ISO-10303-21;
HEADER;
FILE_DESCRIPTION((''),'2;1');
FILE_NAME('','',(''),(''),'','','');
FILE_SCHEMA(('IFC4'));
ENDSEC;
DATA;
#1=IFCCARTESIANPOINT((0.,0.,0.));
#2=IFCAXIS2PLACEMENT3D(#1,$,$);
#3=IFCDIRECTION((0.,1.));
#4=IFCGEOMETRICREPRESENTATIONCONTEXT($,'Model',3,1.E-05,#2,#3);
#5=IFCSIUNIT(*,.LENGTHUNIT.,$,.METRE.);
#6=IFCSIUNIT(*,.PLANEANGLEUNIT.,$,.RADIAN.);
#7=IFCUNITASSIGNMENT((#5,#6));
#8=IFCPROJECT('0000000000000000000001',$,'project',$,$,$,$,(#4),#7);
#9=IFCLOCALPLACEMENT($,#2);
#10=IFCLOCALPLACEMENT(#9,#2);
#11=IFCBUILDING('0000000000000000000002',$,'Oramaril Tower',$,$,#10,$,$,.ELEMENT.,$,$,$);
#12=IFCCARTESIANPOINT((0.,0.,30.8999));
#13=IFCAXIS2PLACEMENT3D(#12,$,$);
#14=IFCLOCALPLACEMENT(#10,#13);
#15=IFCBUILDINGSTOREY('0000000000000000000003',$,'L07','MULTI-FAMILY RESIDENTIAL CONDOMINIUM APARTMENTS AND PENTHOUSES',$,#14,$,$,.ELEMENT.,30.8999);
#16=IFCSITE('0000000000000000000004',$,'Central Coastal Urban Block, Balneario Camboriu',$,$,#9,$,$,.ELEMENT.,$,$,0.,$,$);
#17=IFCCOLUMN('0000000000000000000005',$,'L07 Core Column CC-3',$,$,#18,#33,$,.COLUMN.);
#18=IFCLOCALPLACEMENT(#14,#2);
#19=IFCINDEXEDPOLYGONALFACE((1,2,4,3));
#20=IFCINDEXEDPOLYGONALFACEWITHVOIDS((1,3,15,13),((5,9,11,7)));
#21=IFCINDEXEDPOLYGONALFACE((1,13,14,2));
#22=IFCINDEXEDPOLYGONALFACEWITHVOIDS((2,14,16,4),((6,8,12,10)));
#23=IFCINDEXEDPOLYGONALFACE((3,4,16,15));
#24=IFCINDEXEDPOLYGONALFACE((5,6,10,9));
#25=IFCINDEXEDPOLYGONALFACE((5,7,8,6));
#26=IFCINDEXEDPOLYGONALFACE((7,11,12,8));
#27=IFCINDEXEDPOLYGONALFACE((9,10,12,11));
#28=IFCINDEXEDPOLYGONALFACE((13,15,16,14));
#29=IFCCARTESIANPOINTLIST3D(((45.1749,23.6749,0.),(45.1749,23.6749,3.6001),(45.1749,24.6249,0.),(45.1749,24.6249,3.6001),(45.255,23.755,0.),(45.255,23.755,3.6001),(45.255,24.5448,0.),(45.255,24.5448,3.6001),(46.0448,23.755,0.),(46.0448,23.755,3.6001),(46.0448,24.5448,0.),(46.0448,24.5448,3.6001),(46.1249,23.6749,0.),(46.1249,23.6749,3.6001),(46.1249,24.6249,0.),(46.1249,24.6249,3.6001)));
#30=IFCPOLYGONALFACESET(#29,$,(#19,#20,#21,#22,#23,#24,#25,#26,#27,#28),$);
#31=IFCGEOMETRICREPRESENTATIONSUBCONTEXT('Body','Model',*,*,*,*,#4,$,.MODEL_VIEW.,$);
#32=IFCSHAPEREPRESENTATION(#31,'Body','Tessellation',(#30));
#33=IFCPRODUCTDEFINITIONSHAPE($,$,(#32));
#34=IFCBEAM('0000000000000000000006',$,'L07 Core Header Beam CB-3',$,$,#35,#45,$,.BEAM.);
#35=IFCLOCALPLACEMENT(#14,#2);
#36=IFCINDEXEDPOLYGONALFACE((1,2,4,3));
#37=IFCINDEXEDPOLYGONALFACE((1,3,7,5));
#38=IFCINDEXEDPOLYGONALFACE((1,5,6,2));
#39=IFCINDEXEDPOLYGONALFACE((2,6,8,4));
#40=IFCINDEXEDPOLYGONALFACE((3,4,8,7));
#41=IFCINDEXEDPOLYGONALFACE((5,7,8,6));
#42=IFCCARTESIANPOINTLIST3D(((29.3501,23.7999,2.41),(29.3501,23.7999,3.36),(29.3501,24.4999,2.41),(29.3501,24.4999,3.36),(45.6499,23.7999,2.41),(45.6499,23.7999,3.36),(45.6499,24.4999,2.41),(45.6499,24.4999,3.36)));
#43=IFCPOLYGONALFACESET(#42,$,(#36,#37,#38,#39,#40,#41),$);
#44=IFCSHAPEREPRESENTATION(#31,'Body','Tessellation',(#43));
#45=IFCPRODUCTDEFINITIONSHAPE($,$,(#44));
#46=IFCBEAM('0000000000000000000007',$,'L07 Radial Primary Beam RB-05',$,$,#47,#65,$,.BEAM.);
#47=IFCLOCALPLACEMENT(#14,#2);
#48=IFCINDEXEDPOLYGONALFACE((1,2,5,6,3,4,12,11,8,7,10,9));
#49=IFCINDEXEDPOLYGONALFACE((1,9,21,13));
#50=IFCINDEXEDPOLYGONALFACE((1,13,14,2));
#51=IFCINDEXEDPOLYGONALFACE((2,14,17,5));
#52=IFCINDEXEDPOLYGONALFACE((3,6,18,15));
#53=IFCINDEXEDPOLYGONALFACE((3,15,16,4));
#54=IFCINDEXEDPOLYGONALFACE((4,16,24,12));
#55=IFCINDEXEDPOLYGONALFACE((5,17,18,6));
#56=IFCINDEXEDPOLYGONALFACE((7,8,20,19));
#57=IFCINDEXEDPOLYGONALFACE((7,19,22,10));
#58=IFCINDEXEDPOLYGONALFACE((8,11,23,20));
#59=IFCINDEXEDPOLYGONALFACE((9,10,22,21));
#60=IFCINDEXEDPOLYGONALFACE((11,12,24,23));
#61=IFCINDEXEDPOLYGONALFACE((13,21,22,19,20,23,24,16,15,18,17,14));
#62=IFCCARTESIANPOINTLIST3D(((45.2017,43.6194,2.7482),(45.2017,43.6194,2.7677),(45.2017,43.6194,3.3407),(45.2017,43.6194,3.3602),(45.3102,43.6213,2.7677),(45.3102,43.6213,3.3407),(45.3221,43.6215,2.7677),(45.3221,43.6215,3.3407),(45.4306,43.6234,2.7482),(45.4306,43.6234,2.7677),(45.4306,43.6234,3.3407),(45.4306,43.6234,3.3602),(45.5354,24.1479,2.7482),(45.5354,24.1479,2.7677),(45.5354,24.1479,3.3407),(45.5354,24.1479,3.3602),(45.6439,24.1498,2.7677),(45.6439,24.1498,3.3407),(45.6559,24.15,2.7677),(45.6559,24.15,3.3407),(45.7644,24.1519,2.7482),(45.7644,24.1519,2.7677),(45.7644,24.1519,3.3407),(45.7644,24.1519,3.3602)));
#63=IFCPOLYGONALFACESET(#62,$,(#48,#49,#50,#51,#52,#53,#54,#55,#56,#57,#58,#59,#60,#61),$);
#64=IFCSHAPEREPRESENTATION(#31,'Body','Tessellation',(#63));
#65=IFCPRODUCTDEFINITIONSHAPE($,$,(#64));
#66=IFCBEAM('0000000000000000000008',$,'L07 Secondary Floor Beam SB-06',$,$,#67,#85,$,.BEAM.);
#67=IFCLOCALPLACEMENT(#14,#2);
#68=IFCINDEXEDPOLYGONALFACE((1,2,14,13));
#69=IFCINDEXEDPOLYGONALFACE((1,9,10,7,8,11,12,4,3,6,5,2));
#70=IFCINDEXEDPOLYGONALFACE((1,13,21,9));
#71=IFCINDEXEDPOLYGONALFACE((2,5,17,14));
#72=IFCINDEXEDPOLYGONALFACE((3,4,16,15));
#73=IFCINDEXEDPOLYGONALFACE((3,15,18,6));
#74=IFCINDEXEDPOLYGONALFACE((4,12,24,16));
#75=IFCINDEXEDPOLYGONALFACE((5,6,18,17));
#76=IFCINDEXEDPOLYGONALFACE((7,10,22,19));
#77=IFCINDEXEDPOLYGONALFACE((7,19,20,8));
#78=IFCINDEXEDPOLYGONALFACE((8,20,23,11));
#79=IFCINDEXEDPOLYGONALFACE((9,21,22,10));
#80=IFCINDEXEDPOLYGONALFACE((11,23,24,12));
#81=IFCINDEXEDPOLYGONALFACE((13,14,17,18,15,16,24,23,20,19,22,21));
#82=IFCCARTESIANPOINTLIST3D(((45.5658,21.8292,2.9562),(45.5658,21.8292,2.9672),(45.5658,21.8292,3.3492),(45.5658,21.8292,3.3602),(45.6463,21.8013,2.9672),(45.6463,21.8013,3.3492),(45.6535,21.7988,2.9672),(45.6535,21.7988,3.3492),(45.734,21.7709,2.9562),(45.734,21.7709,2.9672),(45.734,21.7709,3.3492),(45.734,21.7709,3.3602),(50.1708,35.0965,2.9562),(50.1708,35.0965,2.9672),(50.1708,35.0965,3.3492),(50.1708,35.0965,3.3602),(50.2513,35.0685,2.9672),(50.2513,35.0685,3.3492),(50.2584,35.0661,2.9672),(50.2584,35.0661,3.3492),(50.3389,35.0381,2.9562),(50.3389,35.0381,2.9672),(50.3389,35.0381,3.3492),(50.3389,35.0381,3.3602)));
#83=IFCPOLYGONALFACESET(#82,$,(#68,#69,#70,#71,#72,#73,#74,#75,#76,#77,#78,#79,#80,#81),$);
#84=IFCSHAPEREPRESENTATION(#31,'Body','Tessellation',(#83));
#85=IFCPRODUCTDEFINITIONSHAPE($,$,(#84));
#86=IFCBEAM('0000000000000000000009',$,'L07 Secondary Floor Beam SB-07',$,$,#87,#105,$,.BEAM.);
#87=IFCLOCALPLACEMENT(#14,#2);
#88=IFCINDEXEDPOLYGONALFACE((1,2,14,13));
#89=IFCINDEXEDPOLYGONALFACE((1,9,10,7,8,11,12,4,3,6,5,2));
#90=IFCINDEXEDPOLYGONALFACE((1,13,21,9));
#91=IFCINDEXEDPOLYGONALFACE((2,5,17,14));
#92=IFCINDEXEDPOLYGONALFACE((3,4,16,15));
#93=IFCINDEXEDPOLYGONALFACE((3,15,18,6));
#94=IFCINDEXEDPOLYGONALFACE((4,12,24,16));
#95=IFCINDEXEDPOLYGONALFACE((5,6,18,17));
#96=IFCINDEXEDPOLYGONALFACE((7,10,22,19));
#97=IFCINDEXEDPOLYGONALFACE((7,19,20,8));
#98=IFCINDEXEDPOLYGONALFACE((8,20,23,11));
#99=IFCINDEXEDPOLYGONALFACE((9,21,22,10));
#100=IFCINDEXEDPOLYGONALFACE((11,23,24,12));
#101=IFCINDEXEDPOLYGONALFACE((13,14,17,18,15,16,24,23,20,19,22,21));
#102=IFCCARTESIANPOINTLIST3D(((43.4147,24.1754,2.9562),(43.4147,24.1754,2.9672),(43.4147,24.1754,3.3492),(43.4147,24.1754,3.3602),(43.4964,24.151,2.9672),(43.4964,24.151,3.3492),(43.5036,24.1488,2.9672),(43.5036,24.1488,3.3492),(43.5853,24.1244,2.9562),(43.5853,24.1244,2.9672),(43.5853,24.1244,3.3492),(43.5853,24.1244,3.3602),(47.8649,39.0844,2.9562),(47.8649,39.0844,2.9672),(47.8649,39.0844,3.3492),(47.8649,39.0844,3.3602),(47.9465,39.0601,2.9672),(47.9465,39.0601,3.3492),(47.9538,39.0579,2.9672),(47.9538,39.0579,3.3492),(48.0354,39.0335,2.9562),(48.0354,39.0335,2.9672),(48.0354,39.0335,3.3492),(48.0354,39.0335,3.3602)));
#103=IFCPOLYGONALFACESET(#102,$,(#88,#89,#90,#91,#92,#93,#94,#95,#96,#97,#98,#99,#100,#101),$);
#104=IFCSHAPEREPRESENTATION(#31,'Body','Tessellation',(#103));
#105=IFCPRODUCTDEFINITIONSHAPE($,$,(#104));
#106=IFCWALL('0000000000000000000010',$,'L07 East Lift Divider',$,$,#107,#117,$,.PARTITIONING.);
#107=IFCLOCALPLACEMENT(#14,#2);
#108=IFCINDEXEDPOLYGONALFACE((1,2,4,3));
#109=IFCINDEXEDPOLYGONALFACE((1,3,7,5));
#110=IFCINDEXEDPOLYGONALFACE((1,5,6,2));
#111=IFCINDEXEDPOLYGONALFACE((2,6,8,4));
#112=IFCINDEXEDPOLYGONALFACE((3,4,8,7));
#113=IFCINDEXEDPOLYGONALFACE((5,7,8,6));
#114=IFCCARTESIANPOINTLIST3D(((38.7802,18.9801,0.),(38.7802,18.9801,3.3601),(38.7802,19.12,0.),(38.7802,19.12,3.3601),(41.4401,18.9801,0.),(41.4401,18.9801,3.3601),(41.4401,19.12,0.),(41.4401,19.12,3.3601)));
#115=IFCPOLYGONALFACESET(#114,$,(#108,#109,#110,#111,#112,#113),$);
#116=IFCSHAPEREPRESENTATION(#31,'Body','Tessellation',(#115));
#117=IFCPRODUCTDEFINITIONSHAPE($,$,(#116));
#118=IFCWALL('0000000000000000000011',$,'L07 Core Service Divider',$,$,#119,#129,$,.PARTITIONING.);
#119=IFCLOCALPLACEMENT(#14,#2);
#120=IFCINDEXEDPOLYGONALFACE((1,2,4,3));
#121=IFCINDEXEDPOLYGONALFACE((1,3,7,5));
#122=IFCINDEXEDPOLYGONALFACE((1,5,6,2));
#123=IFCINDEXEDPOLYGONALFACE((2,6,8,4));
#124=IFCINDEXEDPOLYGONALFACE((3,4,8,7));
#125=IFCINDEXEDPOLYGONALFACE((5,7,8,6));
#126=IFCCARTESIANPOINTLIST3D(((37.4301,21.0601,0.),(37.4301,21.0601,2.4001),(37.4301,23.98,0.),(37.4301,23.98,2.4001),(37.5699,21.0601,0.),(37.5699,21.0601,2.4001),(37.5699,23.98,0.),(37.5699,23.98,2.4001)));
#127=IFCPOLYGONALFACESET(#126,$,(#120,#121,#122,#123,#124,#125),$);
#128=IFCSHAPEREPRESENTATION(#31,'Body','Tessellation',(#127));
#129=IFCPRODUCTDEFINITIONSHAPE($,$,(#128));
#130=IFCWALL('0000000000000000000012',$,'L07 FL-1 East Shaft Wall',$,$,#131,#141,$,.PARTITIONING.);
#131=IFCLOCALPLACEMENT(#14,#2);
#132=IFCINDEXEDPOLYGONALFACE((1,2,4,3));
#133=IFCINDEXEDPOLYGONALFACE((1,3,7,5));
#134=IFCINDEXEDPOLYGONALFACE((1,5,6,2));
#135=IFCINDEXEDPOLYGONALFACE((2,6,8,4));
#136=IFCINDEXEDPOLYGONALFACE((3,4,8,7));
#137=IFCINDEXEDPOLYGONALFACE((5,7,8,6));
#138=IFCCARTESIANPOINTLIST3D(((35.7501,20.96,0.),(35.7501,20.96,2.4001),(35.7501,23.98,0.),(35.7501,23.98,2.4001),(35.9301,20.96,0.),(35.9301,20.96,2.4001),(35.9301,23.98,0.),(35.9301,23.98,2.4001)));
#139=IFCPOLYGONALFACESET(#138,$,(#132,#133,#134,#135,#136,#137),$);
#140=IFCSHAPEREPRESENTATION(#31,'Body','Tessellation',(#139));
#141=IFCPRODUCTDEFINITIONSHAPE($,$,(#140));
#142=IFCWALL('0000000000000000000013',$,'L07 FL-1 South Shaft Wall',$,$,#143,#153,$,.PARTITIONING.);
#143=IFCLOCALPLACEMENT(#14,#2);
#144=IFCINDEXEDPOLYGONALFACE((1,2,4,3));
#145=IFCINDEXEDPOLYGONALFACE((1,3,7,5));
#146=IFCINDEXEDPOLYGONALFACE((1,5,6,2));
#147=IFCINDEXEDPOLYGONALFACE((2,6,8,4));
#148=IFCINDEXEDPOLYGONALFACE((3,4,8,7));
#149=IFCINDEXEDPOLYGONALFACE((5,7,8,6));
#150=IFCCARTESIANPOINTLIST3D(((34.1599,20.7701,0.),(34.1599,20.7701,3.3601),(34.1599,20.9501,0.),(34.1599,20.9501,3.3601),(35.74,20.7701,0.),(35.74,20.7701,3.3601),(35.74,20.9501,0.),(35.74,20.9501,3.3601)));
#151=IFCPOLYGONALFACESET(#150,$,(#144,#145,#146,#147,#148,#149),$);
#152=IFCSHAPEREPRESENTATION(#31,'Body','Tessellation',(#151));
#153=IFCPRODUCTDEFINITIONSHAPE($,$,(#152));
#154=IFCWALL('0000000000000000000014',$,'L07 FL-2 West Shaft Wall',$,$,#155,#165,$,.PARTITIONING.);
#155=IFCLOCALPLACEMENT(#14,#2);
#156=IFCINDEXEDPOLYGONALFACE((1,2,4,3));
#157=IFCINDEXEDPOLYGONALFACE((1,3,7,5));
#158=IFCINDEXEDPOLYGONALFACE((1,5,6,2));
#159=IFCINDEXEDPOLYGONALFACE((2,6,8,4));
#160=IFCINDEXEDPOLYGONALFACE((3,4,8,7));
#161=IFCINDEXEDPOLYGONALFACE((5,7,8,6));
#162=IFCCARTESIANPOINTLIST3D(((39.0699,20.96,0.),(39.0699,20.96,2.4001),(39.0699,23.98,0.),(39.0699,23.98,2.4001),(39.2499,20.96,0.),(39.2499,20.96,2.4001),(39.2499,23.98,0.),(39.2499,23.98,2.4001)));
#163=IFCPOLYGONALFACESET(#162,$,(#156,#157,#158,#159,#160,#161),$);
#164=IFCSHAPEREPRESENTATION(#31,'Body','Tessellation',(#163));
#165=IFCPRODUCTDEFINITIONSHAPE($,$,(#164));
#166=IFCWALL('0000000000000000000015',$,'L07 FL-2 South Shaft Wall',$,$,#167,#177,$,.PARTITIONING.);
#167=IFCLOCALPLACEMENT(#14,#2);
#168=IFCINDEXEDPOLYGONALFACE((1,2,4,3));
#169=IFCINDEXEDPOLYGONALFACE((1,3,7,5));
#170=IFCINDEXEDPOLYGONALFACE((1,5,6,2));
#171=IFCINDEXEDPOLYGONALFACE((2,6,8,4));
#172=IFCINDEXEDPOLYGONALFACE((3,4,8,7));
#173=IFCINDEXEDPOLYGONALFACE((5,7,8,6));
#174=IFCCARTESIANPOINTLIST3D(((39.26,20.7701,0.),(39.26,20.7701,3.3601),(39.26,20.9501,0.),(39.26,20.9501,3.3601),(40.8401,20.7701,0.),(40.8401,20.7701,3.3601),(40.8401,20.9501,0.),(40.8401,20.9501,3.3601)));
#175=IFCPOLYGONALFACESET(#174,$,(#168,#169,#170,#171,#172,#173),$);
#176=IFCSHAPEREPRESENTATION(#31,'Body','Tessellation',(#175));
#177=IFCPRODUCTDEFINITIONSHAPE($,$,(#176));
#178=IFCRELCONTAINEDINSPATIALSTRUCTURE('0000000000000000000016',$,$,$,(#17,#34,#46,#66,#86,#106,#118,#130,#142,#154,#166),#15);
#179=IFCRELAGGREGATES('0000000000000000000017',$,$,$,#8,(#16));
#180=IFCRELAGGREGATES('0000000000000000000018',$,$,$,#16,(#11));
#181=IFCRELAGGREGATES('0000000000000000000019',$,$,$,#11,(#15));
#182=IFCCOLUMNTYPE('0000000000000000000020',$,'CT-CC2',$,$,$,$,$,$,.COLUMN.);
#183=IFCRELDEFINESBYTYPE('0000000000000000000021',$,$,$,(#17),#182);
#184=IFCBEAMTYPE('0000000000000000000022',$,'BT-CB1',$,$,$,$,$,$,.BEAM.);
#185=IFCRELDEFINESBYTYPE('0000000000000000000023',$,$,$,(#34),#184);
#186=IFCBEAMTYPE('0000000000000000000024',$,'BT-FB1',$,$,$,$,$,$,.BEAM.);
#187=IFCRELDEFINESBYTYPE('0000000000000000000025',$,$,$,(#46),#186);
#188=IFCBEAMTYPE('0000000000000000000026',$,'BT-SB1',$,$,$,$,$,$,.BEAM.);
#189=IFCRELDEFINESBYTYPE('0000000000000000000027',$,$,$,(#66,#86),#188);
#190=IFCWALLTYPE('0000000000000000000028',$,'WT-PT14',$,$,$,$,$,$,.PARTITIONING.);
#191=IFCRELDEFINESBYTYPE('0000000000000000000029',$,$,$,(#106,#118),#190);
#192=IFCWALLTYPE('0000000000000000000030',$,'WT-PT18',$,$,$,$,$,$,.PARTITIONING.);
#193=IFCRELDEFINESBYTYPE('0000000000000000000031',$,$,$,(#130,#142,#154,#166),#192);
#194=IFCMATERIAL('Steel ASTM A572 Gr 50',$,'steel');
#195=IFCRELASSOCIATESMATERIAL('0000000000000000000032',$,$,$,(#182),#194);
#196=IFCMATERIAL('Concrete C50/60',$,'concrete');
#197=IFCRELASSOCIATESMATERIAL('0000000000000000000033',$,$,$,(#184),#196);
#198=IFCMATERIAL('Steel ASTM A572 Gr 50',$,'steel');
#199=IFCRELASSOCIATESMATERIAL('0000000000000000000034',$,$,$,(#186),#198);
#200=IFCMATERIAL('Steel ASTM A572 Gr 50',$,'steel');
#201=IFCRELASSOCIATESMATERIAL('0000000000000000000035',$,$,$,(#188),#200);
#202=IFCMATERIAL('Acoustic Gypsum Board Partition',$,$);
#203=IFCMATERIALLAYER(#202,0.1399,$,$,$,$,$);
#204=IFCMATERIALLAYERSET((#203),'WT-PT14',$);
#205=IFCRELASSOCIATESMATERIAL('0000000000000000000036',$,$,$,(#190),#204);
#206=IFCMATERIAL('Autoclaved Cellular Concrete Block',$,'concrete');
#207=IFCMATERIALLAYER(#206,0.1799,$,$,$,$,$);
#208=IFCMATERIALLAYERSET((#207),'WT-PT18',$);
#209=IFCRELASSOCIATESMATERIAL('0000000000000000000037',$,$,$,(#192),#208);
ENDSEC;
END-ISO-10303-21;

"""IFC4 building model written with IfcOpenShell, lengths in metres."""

from ifc_helpers import new_model, si_unit, direction, frame, frame_2d, origin, origin_2d, place, context, subcontext, project, spatial, rectangle, hollow_rectangle, i_section, extrude, material, layer, layer_set, material_profile, profile_set, type_object, element, save


model = new_model("IFC4")

# Units and contexts
model_context = context("Model", 3, precision=1e-05, world=origin(), true_north=direction((0.0, 1.0)))
body_context = subcontext(model_context, "Body", "Model", "MODEL_VIEW")
ifc_project = project(units=[si_unit("LENGTHUNIT", "METRE"), si_unit("PLANEANGLEUNIT", "RADIAN")], contexts=[model_context])

# Site, building, storey
site_placement = place(None, origin())
site = spatial("IfcSite", under=ifc_project, at=site_placement, Name="Central Coastal Urban Block, Balneario Camboriu", CompositionType="ELEMENT", RefElevation=0.0)
building_placement = place(site_placement, origin())
building = spatial("IfcBuilding", under=site, at=building_placement, Name="Oramaril Tower", CompositionType="ELEMENT")
storey_placement = place(building_placement, frame((0.0, 0.0, 30.8999)))
storey = spatial("IfcBuildingStorey", under=building, at=storey_placement, Name="L07", Description="MULTI-FAMILY RESIDENTIAL CONDOMINIUM APARTMENTS AND PENTHOUSES", CompositionType="ELEMENT", Elevation=30.8999)

# Column
ifc_material_1 = material(Name="Steel ASTM A572 Gr 50", Category="steel")
ifc_material_profile_1 = material_profile(ifc_material_1, hollow_rectangle(XDim=0.95, YDim=0.95, WallThickness=0.0801, at=origin_2d()), Name="BOX950X950X80")
ifc_profile_set_1 = profile_set([ifc_material_profile_1], Name="Steel ASTM A572 Gr 50")
column_type = type_object("IfcColumnType", Name="CT-CC2", PredefinedType="COLUMN", material=ifc_profile_set_1)
column_placement = place(storey_placement, frame((45.6499, 24.1499, 0.0), z_axis=(0.0, 0.0, 1.0), x_axis=(1.0, 0.0, 0.0)))
element("IfcColumn", 1, at=column_placement, inside=storey, type_object=column_type, Name="L07 Core Column CC-3", PredefinedType="COLUMN", context=body_context, shape_type="SweptSolid", body=[
    extrude(hollow_rectangle(XDim=0.95, YDim=0.95, WallThickness=0.0801, at=origin_2d()), origin(), (0.0, 0.0, 1.0), 3.6001),
])

# Beams
ifc_material_2 = material(Name="Concrete C50/60", Category="concrete")
ifc_material_profile_2 = material_profile(ifc_material_2, rectangle(XDim=0.7, YDim=0.95, at=origin_2d()), Name="CB700X950")
ifc_profile_set_2 = profile_set([ifc_material_profile_2], Name="Concrete C50/60")
beam_type_1 = type_object("IfcBeamType", Name="BT-CB1", PredefinedType="BEAM", material=ifc_profile_set_2)
beam_1_placement = place(storey_placement, frame((45.6499, 24.1499, 2.885), z_axis=(-1.0, 0.0, 0.0), x_axis=(0.0, -1.0, 0.0)))
element("IfcBeam", 2, at=beam_1_placement, inside=storey, type_object=beam_type_1, Name="L07 Core Header Beam CB-3", PredefinedType="BEAM", context=body_context, shape_type="SweptSolid", body=[
    extrude(rectangle(XDim=0.7, YDim=0.95, at=origin_2d()), origin(), (0.0, 0.0, 1.0), 16.2998),
])
ifc_material_3 = material(Name="Steel ASTM A572 Gr 50", Category="steel")
ifc_material_profile_3 = material_profile(ifc_material_3, i_section(OverallWidth=0.229, OverallDepth=0.6121, WebThickness=0.012, FlangeThickness=0.0195, at=origin_2d()), Name="W24X84")
ifc_profile_set_3 = profile_set([ifc_material_profile_3], Name="Steel ASTM A572 Gr 50")
beam_type_2 = type_object("IfcBeamType", Name="BT-FB1", PredefinedType="BEAM", material=ifc_profile_set_3)
beam_2_placement = place(storey_placement, frame((45.6499, 24.1499, 3.0542), z_axis=(-0.017137, 0.999853, 0.0), x_axis=(-0.999853, -0.017137, 0.0)))
element("IfcBeam", 3, at=beam_2_placement, inside=storey, type_object=beam_type_2, Name="L07 Radial Primary Beam RB-05", PredefinedType="BEAM", context=body_context, shape_type="SweptSolid", body=[
    extrude(i_section(OverallWidth=0.229, OverallDepth=0.6121, WebThickness=0.012, FlangeThickness=0.0195, at=origin_2d()), origin(), (0.0, 0.0, 1.0), 19.4744),
])
ifc_material_4 = material(Name="Steel ASTM A572 Gr 50", Category="steel")
ifc_material_profile_4 = material_profile(ifc_material_4, i_section(OverallWidth=0.178, OverallDepth=0.4041, WebThickness=0.0076, FlangeThickness=0.011, at=origin_2d()), Name="W16X36")
ifc_profile_set_4 = profile_set([ifc_material_profile_4], Name="Steel ASTM A572 Gr 50")
beam_type_3 = type_object("IfcBeamType", Name="BT-SB1", PredefinedType="BEAM", material=ifc_profile_set_4)
beam_3_placement = place(storey_placement, frame((45.6499, 21.8, 3.1582), z_axis=(0.327902, 0.944712, 0.0), x_axis=(-0.944712, 0.327902, 0.0)))
element("IfcBeam", 4, at=beam_3_placement, inside=storey, type_object=beam_type_3, Name="L07 Secondary Floor Beam SB-06", PredefinedType="BEAM", context=body_context, shape_type="SweptSolid", body=[
    extrude(i_section(OverallWidth=0.178, OverallDepth=0.4041, WebThickness=0.0076, FlangeThickness=0.011, at=origin_2d()), origin(), (0.0, 0.0, 1.0), 14.0437),
])
beam_4_placement = place(storey_placement, frame((43.5, 24.1499, 3.1582), z_axis=(0.286017, 0.958224, 0.0), x_axis=(-0.958224, 0.286017, 0.0)))
element("IfcBeam", 5, at=beam_4_placement, inside=storey, type_object=beam_type_3, Name="L07 Secondary Floor Beam SB-07", PredefinedType="BEAM", context=body_context, shape_type="SweptSolid", body=[
    extrude(i_section(OverallWidth=0.178, OverallDepth=0.4041, WebThickness=0.0076, FlangeThickness=0.011, at=origin_2d()), origin(), (0.0, 0.0, 1.0), 15.5591),
])

# Walls
ifc_material_5 = material(Name="Acoustic Gypsum Board Partition")
ifc_layer_1 = layer(ifc_material_5, 0.1399)
ifc_layer_set_1 = layer_set([ifc_layer_1], Name="WT-PT14")
wall_type_1 = type_object("IfcWallType", Name="WT-PT14", PredefinedType="PARTITIONING", material=ifc_layer_set_1)
wall_1_placement = place(storey_placement, frame((38.78, 19.05, 0.0), z_axis=(0.0, 0.0, 1.0), x_axis=(1.0, 0.0, 0.0)))
element("IfcWall", 6, at=wall_1_placement, inside=storey, type_object=wall_type_1, Name="L07 East Lift Divider", PredefinedType="PARTITIONING", context=body_context, shape_type="SweptSolid", body=[
    extrude(rectangle(XDim=2.6599, YDim=0.1399, at=frame_2d((1.3301, 0.0))), origin(), (0.0, 0.0, 1.0), 3.3601),
])
wall_2_placement = place(storey_placement, frame((37.5, 21.0601, 0.0), z_axis=(0.0, 0.0, 1.0), x_axis=(0.0, 1.0, 0.0)))
element("IfcWall", 7, at=wall_2_placement, inside=storey, type_object=wall_type_1, Name="L07 Core Service Divider", PredefinedType="PARTITIONING", context=body_context, shape_type="SweptSolid", body=[
    extrude(rectangle(XDim=2.9199, YDim=0.1399, at=frame_2d((1.46, 0.0))), origin(), (0.0, 0.0, 1.0), 2.4001),
])
ifc_material_6 = material(Name="Autoclaved Cellular Concrete Block", Category="concrete")
ifc_layer_2 = layer(ifc_material_6, 0.1799)
ifc_layer_set_2 = layer_set([ifc_layer_2], Name="WT-PT18")
wall_type_2 = type_object("IfcWallType", Name="WT-PT18", PredefinedType="PARTITIONING", material=ifc_layer_set_2)
wall_3_placement = place(storey_placement, frame((35.8401, 20.96, 0.0), z_axis=(0.0, 0.0, 1.0), x_axis=(0.0, 1.0, 0.0)))
element("IfcWall", 8, at=wall_3_placement, inside=storey, type_object=wall_type_2, Name="L07 FL-1 East Shaft Wall", PredefinedType="PARTITIONING", context=body_context, shape_type="SweptSolid", body=[
    extrude(rectangle(XDim=3.02, YDim=0.1799, at=frame_2d((1.51, 0.0))), origin(), (0.0, 0.0, 1.0), 2.4001),
])
wall_4_placement = place(storey_placement, frame((34.1599, 20.8601, 0.0), z_axis=(0.0, 0.0, 1.0), x_axis=(1.0, 0.0, 0.0)))
element("IfcWall", 9, at=wall_4_placement, inside=storey, type_object=wall_type_2, Name="L07 FL-1 South Shaft Wall", PredefinedType="PARTITIONING", context=body_context, shape_type="SweptSolid", body=[
    extrude(rectangle(XDim=1.5801, YDim=0.1799, at=frame_2d((0.79, 0.0))), origin(), (0.0, 0.0, 1.0), 3.3601),
])
wall_5_placement = place(storey_placement, frame((39.1599, 20.96, 0.0), z_axis=(0.0, 0.0, 1.0), x_axis=(0.0, 1.0, 0.0)))
element("IfcWall", 10, at=wall_5_placement, inside=storey, type_object=wall_type_2, Name="L07 FL-2 West Shaft Wall", PredefinedType="PARTITIONING", context=body_context, shape_type="SweptSolid", body=[
    extrude(rectangle(XDim=3.02, YDim=0.1799, at=frame_2d((1.51, 0.0))), origin(), (0.0, 0.0, 1.0), 2.4001),
])
wall_6_placement = place(storey_placement, frame((39.26, 20.8601, 0.0), z_axis=(0.0, 0.0, 1.0), x_axis=(1.0, 0.0, 0.0)))
element("IfcWall", 11, at=wall_6_placement, inside=storey, type_object=wall_type_2, Name="L07 FL-2 South Shaft Wall", PredefinedType="PARTITIONING", context=body_context, shape_type="SweptSolid", body=[
    extrude(rectangle(XDim=1.5801, YDim=0.1799, at=frame_2d((0.79, 0.0))), origin(), (0.0, 0.0, 1.0), 3.3601),
])

save(model, "model.ifc")
